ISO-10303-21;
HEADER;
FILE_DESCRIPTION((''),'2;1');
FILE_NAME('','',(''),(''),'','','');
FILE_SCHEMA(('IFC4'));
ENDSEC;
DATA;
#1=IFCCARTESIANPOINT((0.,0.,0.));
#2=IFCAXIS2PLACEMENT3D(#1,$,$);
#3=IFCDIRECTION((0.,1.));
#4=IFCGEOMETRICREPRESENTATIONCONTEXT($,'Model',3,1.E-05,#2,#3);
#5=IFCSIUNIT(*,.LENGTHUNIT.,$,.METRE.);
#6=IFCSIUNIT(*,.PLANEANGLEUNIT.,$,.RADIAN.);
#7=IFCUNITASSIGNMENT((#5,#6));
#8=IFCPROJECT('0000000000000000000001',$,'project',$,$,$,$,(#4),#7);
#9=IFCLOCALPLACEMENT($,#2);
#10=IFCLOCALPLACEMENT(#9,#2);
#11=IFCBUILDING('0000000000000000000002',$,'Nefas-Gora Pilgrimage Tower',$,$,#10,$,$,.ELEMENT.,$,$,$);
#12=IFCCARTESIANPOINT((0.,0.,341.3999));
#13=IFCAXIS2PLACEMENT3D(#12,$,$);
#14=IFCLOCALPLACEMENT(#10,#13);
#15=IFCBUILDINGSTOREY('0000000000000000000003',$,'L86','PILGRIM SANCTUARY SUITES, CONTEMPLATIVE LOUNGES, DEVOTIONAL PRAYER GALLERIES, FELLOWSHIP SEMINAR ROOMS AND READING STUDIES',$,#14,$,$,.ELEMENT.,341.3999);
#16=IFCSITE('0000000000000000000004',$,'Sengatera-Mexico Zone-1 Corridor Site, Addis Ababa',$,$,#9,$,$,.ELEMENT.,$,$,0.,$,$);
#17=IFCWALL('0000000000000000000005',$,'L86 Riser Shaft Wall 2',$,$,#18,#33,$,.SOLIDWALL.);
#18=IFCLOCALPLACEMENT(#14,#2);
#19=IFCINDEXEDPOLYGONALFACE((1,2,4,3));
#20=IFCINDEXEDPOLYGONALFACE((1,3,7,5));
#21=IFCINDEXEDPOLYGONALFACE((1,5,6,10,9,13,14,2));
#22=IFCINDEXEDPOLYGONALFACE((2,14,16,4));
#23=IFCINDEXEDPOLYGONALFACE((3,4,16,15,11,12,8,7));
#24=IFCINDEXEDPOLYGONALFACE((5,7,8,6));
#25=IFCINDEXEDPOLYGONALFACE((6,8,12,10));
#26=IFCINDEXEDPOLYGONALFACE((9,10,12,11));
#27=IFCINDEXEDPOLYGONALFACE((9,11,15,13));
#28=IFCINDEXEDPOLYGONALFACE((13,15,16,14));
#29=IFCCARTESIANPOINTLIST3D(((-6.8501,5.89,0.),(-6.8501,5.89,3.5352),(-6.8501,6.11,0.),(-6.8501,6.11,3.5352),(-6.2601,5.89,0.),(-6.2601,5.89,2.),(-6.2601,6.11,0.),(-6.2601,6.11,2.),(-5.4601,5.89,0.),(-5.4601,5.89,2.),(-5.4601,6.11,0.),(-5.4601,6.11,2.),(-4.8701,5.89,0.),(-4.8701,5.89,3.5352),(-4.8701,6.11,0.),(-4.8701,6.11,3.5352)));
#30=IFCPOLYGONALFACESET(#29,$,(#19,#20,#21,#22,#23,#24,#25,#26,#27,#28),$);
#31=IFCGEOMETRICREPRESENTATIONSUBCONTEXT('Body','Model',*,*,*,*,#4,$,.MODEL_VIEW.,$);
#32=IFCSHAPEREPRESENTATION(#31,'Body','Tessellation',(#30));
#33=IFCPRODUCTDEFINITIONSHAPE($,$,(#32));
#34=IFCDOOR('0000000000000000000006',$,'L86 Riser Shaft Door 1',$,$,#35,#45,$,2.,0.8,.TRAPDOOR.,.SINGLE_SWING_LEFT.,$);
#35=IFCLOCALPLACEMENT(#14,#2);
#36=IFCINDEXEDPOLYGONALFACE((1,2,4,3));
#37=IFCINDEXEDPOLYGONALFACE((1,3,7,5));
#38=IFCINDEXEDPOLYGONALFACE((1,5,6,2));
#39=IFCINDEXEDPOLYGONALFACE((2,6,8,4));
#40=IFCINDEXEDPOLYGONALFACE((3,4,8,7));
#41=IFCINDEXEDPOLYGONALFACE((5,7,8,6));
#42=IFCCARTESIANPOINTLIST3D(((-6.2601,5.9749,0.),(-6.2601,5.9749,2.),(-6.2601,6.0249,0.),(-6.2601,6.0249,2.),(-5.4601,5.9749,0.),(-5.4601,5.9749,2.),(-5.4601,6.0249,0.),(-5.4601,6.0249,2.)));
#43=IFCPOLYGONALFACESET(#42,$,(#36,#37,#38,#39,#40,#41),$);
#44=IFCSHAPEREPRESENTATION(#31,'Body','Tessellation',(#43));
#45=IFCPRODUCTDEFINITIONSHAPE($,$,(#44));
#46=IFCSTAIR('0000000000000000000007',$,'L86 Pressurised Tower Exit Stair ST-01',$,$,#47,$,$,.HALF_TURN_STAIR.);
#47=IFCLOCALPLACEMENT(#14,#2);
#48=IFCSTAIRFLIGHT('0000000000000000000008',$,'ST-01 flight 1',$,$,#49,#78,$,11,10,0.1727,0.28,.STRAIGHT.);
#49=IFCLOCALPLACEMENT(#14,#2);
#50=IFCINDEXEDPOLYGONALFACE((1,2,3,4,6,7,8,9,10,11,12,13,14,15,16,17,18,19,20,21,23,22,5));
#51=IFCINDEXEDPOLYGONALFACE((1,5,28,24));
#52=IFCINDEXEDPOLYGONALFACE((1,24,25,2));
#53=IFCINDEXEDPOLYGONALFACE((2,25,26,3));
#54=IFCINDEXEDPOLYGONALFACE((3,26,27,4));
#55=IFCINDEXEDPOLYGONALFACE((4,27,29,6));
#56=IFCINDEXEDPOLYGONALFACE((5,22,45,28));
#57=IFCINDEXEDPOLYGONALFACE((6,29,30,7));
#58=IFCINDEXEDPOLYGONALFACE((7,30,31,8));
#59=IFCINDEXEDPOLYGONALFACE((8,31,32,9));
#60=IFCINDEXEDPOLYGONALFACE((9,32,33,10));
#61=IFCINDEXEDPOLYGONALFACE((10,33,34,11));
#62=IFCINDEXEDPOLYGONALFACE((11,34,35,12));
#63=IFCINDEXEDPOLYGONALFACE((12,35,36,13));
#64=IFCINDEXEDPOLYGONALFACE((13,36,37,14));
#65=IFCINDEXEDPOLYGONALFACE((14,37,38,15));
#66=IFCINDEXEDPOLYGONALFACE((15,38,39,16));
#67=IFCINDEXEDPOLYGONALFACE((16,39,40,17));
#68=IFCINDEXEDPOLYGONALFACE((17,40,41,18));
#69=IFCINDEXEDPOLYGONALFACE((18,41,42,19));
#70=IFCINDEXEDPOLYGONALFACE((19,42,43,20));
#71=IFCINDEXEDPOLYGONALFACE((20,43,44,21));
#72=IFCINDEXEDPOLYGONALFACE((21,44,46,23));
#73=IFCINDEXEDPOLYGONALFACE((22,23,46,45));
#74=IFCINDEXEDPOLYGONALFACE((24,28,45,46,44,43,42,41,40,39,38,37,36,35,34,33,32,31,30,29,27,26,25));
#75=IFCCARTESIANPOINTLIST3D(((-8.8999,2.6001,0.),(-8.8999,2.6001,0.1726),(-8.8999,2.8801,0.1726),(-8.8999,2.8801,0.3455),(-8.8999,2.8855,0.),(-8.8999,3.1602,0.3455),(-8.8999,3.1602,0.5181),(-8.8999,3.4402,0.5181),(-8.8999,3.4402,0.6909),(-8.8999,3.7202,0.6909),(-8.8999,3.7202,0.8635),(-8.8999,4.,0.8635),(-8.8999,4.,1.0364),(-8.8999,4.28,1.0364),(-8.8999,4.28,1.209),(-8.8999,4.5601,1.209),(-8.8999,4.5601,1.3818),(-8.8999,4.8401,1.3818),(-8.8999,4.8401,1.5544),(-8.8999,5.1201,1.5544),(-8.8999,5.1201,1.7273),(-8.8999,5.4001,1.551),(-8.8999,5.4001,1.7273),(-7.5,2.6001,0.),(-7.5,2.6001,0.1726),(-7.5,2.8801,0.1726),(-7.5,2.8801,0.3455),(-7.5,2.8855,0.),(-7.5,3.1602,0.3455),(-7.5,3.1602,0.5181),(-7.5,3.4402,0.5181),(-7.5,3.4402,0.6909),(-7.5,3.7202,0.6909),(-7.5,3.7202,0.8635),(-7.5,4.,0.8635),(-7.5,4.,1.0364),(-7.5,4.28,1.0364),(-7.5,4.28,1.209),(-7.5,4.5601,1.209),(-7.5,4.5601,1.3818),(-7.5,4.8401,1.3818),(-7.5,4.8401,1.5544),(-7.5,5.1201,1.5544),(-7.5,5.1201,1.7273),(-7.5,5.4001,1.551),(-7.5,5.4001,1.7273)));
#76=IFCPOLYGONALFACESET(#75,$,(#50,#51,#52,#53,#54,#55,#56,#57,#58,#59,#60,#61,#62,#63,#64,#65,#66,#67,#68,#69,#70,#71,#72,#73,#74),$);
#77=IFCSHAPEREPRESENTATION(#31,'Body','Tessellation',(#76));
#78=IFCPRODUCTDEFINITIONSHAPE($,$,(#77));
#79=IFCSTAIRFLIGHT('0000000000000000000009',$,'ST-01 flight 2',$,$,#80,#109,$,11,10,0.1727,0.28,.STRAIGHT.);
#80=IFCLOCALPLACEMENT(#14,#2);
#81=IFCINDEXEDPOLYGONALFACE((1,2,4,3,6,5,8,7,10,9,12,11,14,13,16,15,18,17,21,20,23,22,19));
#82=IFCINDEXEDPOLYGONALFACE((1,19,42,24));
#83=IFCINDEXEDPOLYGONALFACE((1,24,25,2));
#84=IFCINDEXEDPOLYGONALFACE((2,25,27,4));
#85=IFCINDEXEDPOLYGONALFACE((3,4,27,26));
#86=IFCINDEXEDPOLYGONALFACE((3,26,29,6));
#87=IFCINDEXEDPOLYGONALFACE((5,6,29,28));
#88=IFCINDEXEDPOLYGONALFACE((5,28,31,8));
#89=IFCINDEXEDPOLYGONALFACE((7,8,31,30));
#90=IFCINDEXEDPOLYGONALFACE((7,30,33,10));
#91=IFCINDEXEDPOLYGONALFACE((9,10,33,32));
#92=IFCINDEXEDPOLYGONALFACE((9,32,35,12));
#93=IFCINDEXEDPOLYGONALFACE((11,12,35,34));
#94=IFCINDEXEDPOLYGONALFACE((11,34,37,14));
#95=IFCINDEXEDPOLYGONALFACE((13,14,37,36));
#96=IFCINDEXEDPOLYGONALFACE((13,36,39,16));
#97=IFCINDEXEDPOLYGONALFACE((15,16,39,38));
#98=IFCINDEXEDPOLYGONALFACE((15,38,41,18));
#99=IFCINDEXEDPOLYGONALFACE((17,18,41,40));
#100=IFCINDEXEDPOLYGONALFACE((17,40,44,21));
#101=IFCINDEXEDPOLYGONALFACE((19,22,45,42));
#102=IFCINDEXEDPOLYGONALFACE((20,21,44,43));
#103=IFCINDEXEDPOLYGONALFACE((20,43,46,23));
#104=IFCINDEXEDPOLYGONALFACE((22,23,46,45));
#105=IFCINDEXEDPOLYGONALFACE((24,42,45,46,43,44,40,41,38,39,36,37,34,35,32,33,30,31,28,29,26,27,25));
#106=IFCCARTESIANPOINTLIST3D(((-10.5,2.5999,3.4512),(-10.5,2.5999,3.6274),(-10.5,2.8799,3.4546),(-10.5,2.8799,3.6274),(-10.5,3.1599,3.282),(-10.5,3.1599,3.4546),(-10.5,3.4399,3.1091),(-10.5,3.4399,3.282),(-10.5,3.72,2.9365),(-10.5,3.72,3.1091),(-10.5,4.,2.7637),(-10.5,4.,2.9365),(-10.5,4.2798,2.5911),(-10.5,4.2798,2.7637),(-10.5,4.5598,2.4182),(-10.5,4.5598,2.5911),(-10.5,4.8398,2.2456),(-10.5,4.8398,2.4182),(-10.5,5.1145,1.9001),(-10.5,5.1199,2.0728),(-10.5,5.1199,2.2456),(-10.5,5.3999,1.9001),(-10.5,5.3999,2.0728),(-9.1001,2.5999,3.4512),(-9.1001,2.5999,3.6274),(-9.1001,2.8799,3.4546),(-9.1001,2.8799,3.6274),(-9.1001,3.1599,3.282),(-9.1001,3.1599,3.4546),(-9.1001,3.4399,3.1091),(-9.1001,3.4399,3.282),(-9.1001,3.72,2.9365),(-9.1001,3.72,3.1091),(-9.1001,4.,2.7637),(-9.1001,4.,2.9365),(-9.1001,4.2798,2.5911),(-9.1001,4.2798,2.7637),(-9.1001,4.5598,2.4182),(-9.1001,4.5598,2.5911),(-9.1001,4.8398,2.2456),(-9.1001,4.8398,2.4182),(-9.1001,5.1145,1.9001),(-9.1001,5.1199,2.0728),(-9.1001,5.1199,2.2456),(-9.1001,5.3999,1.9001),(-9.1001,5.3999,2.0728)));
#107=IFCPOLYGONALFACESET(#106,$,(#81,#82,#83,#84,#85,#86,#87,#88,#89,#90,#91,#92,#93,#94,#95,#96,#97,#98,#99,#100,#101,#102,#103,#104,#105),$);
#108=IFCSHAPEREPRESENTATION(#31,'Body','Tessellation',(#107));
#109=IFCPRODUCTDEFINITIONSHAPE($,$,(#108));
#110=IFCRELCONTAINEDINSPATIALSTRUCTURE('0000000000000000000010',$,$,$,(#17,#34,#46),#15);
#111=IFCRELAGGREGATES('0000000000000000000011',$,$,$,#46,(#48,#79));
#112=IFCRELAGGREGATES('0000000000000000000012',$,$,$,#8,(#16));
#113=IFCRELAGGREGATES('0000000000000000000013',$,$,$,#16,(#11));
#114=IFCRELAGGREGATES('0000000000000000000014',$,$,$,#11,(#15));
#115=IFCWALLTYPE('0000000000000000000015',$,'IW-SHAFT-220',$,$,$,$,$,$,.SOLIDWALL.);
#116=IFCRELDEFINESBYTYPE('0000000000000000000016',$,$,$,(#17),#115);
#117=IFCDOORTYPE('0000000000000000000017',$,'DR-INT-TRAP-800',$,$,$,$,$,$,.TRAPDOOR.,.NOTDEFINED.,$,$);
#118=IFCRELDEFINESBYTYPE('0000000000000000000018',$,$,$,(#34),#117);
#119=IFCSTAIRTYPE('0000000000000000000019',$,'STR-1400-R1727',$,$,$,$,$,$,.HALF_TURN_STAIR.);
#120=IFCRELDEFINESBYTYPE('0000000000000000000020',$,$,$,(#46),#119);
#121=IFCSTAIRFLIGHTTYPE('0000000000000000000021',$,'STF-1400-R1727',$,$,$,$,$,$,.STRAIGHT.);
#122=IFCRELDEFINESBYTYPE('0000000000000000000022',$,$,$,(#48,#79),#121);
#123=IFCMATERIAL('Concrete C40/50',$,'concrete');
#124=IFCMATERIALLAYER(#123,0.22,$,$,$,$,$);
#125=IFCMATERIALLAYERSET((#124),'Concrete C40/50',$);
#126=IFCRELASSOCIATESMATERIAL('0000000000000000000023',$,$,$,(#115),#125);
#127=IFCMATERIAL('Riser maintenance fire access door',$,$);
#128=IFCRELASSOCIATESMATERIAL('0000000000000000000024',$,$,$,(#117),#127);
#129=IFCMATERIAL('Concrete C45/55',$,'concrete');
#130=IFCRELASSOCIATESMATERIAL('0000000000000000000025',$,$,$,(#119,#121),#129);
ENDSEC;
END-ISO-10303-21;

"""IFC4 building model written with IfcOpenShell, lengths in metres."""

from ifc_helpers import new_model, si_unit, direction, frame, frame_2d, origin, place, context, subcontext, project, spatial, polyline, rectangle, outline, extrude, source, transform, mapped, material, layer, layer_set, type_object, element, fill, aggregate, save


model = new_model("IFC4")

# Units and contexts
model_context = context("Model", 3, precision=1e-05, world=origin(), true_north=direction((0.0, 1.0)))
body_context = subcontext(model_context, "Body", "Model", "MODEL_VIEW")
ifc_project = project(units=[si_unit("LENGTHUNIT", "METRE"), si_unit("PLANEANGLEUNIT", "RADIAN")], contexts=[model_context])

# Site, building, storey
site_placement = place(None, origin())
site = spatial("IfcSite", under=ifc_project, at=site_placement, Name="Sengatera-Mexico Zone-1 Corridor Site, Addis Ababa", CompositionType="ELEMENT", RefElevation=0.0)
building_placement = place(site_placement, origin())
building = spatial("IfcBuilding", under=site, at=building_placement, Name="Nefas-Gora Pilgrimage Tower", CompositionType="ELEMENT")
storey_placement = place(building_placement, frame((0.0, 0.0, 341.3999)))
storey = spatial("IfcBuildingStorey", under=building, at=storey_placement, Name="L86", Description="PILGRIM SANCTUARY SUITES, CONTEMPLATIVE LOUNGES, DEVOTIONAL PRAYER GALLERIES, FELLOWSHIP SEMINAR ROOMS AND READING STUDIES", CompositionType="ELEMENT", Elevation=341.3999)

# Shared definitions
ifc_material_1 = material(Name="Concrete C45/55", Category="concrete")

# Shared definitions
ifc_material_2 = material(Name="Concrete C40/50", Category="concrete")
ifc_layer_1 = layer(ifc_material_2, 0.22)
ifc_layer_set_1 = layer_set([ifc_layer_1], Name="Concrete C40/50")
wall_type_1 = type_object("IfcWallType", Name="IW-SHAFT-220", PredefinedType="SOLIDWALL", material=ifc_layer_set_1)

# Wall, opening, door
shared_shape_1 = source(origin(), body_context, "Body", "SweptSolid", [
    extrude(rectangle(XDim=1.98, YDim=0.22, at=frame_2d((0.99, 0.0))), origin(), (0.0, 0.0, 1.0), 3.5352),
])
wall_1_placement = place(storey_placement, frame((-6.8501, 6.0, 0.0), z_axis=(0.0, 0.0, 1.0), x_axis=(1.0, 0.0, 0.0)))
wall_1 = element("IfcWall", 1, at=wall_1_placement, inside=storey, type_object=wall_type_1, Name="L86 Riser Shaft Wall 2", PredefinedType="SOLIDWALL", context=body_context, shape_type="MappedRepresentation", body=[
    mapped(shared_shape_1, transform((0.0, 0.0, 0.0), x_axis=(1.0, 0.0, 0.0), y_axis=(0.0, 1.0, 0.0), z_axis=(0.0, 0.0, 1.0), scale=1.0)),
])
opening_1_placement = place(wall_1_placement, frame((0.5901, 0.0, 0.0)))
opening_1 = element("IfcOpeningElement", 2, at=opening_1_placement, cuts=wall_1, PredefinedType="OPENING", context=body_context, shape_type="SweptSolid", body=[
    extrude(rectangle(XDim=0.8, YDim=2.0, at=frame_2d((0.3999, 1.0))), frame((0.0, 0.1199, 0.0), z_axis=(0.0, -1.0, 0.0), x_axis=(1.0, 0.0, 0.0)), (0.0, 0.0, 1.0), 0.24),
])
ifc_material_3 = material(Name="Riser maintenance fire access door")
door_type_1 = type_object("IfcDoorType", Name="DR-INT-TRAP-800", OperationType="NOTDEFINED", PredefinedType="TRAPDOOR", material=ifc_material_3)
shared_shape_2 = source(origin(), body_context, "Body", "SweptSolid", [
    extrude(rectangle(XDim=0.8, YDim=2.0, at=frame_2d((0.3999, 1.0))), frame((0.0, 0.0249, 0.0), z_axis=(0.0, -1.0, 0.0), x_axis=(1.0, 0.0, 0.0)), (0.0, 0.0, 1.0), 0.05),
])
door_1_placement = place(opening_1_placement, origin())
door_1 = element("IfcDoor", 3, at=door_1_placement, inside=storey, type_object=door_type_1, Name="L86 Riser Shaft Door 1", OperationType="SINGLE_SWING_LEFT", OverallHeight=2.0, OverallWidth=0.8, PredefinedType="TRAPDOOR", context=body_context, shape_type="MappedRepresentation", body=[
    mapped(shared_shape_2, transform((0.0, 0.0, 0.0), x_axis=(1.0, 0.0, 0.0), y_axis=(0.0, 1.0, 0.0), z_axis=(0.0, 0.0, 1.0), scale=1.0)),
])
fill(opening_1, door_1)

# Stair, stair flights
stair_type = type_object("IfcStairType", Name="STR-1400-R1727", PredefinedType="HALF_TURN_STAIR", material=ifc_material_1)
stair_placement = place(storey_placement, origin())
stair = element("IfcStair", 4, at=stair_placement, inside=storey, type_object=stair_type, Name="L86 Pressurised Tower Exit Stair ST-01", PredefinedType="HALF_TURN_STAIR")
stair_flight_type = type_object("IfcStairFlightType", Name="STF-1400-R1727", PredefinedType="STRAIGHT", material=ifc_material_1)
shared_shape_3 = source(origin(), body_context, "Body", "SweptSolid", [
    extrude(outline(polyline([(0.0, 0.0), (0.0, 0.1726), (0.28, 0.1726), (0.28, 0.3455), (0.5601, 0.3455), (0.5601, 0.5181), (0.8401, 0.5181), (0.8401, 0.6909), (1.1201, 0.6909), (1.1201, 0.8635), (1.3999, 0.8635), (1.3999, 1.0364), (1.6799, 1.0364), (1.6799, 1.209), (1.96, 1.209), (1.96, 1.3818), (2.24, 1.3818), (2.24, 1.5544), (2.52, 1.5544), (2.52, 1.7273), (2.8, 1.7273), (2.8, 1.8999), (2.8, 1.551), (0.2854, 0.0), (0.0, 0.0)])), frame((0.0, 0.7, 0.0), z_axis=(0.0, -1.0, 0.0), x_axis=(1.0, 0.0, 0.0)), (0.0, 0.0, 1.0), 1.3999),
])
stair_flight_1_placement = place(storey_placement, frame((-8.2, 2.6001, 0.0), z_axis=(0.0, 0.0, 1.0), x_axis=(0.0, 1.0, 0.0)))
stair_flight_1 = element("IfcStairFlight", 5, at=stair_flight_1_placement, type_object=stair_flight_type, Name="ST-01 flight 1", NumberOfRisers=11, NumberOfTreads=10, PredefinedType="STRAIGHT", RiserHeight=0.1727, TreadLength=0.28, context=body_context, shape_type="MappedRepresentation", body=[
    mapped(shared_shape_3, transform((0.0, 0.0, 0.0), x_axis=(1.0, 0.0, 0.0), y_axis=(0.0, 1.0, 0.0), z_axis=(0.0, 0.0, 1.0), scale=1.0)),
])
stair_flight_2_placement = place(storey_placement, frame((-9.8, 5.3999, 1.9001), z_axis=(0.0, 0.0, 1.0), x_axis=(0.0, -1.0, 0.0)))
stair_flight_2 = element("IfcStairFlight", 6, at=stair_flight_2_placement, type_object=stair_flight_type, Name="ST-01 flight 2", NumberOfRisers=11, NumberOfTreads=10, PredefinedType="STRAIGHT", RiserHeight=0.1727, TreadLength=0.28, context=body_context, shape_type="MappedRepresentation", body=[
    mapped(shared_shape_3, transform((0.0, 0.0, 0.0), x_axis=(1.0, 0.0, 0.0), y_axis=(0.0, 1.0, 0.0), z_axis=(0.0, 0.0, 1.0), scale=1.0)),
])
aggregate(stair, [stair_flight_1, stair_flight_2])

save(model, "model.ifc")
